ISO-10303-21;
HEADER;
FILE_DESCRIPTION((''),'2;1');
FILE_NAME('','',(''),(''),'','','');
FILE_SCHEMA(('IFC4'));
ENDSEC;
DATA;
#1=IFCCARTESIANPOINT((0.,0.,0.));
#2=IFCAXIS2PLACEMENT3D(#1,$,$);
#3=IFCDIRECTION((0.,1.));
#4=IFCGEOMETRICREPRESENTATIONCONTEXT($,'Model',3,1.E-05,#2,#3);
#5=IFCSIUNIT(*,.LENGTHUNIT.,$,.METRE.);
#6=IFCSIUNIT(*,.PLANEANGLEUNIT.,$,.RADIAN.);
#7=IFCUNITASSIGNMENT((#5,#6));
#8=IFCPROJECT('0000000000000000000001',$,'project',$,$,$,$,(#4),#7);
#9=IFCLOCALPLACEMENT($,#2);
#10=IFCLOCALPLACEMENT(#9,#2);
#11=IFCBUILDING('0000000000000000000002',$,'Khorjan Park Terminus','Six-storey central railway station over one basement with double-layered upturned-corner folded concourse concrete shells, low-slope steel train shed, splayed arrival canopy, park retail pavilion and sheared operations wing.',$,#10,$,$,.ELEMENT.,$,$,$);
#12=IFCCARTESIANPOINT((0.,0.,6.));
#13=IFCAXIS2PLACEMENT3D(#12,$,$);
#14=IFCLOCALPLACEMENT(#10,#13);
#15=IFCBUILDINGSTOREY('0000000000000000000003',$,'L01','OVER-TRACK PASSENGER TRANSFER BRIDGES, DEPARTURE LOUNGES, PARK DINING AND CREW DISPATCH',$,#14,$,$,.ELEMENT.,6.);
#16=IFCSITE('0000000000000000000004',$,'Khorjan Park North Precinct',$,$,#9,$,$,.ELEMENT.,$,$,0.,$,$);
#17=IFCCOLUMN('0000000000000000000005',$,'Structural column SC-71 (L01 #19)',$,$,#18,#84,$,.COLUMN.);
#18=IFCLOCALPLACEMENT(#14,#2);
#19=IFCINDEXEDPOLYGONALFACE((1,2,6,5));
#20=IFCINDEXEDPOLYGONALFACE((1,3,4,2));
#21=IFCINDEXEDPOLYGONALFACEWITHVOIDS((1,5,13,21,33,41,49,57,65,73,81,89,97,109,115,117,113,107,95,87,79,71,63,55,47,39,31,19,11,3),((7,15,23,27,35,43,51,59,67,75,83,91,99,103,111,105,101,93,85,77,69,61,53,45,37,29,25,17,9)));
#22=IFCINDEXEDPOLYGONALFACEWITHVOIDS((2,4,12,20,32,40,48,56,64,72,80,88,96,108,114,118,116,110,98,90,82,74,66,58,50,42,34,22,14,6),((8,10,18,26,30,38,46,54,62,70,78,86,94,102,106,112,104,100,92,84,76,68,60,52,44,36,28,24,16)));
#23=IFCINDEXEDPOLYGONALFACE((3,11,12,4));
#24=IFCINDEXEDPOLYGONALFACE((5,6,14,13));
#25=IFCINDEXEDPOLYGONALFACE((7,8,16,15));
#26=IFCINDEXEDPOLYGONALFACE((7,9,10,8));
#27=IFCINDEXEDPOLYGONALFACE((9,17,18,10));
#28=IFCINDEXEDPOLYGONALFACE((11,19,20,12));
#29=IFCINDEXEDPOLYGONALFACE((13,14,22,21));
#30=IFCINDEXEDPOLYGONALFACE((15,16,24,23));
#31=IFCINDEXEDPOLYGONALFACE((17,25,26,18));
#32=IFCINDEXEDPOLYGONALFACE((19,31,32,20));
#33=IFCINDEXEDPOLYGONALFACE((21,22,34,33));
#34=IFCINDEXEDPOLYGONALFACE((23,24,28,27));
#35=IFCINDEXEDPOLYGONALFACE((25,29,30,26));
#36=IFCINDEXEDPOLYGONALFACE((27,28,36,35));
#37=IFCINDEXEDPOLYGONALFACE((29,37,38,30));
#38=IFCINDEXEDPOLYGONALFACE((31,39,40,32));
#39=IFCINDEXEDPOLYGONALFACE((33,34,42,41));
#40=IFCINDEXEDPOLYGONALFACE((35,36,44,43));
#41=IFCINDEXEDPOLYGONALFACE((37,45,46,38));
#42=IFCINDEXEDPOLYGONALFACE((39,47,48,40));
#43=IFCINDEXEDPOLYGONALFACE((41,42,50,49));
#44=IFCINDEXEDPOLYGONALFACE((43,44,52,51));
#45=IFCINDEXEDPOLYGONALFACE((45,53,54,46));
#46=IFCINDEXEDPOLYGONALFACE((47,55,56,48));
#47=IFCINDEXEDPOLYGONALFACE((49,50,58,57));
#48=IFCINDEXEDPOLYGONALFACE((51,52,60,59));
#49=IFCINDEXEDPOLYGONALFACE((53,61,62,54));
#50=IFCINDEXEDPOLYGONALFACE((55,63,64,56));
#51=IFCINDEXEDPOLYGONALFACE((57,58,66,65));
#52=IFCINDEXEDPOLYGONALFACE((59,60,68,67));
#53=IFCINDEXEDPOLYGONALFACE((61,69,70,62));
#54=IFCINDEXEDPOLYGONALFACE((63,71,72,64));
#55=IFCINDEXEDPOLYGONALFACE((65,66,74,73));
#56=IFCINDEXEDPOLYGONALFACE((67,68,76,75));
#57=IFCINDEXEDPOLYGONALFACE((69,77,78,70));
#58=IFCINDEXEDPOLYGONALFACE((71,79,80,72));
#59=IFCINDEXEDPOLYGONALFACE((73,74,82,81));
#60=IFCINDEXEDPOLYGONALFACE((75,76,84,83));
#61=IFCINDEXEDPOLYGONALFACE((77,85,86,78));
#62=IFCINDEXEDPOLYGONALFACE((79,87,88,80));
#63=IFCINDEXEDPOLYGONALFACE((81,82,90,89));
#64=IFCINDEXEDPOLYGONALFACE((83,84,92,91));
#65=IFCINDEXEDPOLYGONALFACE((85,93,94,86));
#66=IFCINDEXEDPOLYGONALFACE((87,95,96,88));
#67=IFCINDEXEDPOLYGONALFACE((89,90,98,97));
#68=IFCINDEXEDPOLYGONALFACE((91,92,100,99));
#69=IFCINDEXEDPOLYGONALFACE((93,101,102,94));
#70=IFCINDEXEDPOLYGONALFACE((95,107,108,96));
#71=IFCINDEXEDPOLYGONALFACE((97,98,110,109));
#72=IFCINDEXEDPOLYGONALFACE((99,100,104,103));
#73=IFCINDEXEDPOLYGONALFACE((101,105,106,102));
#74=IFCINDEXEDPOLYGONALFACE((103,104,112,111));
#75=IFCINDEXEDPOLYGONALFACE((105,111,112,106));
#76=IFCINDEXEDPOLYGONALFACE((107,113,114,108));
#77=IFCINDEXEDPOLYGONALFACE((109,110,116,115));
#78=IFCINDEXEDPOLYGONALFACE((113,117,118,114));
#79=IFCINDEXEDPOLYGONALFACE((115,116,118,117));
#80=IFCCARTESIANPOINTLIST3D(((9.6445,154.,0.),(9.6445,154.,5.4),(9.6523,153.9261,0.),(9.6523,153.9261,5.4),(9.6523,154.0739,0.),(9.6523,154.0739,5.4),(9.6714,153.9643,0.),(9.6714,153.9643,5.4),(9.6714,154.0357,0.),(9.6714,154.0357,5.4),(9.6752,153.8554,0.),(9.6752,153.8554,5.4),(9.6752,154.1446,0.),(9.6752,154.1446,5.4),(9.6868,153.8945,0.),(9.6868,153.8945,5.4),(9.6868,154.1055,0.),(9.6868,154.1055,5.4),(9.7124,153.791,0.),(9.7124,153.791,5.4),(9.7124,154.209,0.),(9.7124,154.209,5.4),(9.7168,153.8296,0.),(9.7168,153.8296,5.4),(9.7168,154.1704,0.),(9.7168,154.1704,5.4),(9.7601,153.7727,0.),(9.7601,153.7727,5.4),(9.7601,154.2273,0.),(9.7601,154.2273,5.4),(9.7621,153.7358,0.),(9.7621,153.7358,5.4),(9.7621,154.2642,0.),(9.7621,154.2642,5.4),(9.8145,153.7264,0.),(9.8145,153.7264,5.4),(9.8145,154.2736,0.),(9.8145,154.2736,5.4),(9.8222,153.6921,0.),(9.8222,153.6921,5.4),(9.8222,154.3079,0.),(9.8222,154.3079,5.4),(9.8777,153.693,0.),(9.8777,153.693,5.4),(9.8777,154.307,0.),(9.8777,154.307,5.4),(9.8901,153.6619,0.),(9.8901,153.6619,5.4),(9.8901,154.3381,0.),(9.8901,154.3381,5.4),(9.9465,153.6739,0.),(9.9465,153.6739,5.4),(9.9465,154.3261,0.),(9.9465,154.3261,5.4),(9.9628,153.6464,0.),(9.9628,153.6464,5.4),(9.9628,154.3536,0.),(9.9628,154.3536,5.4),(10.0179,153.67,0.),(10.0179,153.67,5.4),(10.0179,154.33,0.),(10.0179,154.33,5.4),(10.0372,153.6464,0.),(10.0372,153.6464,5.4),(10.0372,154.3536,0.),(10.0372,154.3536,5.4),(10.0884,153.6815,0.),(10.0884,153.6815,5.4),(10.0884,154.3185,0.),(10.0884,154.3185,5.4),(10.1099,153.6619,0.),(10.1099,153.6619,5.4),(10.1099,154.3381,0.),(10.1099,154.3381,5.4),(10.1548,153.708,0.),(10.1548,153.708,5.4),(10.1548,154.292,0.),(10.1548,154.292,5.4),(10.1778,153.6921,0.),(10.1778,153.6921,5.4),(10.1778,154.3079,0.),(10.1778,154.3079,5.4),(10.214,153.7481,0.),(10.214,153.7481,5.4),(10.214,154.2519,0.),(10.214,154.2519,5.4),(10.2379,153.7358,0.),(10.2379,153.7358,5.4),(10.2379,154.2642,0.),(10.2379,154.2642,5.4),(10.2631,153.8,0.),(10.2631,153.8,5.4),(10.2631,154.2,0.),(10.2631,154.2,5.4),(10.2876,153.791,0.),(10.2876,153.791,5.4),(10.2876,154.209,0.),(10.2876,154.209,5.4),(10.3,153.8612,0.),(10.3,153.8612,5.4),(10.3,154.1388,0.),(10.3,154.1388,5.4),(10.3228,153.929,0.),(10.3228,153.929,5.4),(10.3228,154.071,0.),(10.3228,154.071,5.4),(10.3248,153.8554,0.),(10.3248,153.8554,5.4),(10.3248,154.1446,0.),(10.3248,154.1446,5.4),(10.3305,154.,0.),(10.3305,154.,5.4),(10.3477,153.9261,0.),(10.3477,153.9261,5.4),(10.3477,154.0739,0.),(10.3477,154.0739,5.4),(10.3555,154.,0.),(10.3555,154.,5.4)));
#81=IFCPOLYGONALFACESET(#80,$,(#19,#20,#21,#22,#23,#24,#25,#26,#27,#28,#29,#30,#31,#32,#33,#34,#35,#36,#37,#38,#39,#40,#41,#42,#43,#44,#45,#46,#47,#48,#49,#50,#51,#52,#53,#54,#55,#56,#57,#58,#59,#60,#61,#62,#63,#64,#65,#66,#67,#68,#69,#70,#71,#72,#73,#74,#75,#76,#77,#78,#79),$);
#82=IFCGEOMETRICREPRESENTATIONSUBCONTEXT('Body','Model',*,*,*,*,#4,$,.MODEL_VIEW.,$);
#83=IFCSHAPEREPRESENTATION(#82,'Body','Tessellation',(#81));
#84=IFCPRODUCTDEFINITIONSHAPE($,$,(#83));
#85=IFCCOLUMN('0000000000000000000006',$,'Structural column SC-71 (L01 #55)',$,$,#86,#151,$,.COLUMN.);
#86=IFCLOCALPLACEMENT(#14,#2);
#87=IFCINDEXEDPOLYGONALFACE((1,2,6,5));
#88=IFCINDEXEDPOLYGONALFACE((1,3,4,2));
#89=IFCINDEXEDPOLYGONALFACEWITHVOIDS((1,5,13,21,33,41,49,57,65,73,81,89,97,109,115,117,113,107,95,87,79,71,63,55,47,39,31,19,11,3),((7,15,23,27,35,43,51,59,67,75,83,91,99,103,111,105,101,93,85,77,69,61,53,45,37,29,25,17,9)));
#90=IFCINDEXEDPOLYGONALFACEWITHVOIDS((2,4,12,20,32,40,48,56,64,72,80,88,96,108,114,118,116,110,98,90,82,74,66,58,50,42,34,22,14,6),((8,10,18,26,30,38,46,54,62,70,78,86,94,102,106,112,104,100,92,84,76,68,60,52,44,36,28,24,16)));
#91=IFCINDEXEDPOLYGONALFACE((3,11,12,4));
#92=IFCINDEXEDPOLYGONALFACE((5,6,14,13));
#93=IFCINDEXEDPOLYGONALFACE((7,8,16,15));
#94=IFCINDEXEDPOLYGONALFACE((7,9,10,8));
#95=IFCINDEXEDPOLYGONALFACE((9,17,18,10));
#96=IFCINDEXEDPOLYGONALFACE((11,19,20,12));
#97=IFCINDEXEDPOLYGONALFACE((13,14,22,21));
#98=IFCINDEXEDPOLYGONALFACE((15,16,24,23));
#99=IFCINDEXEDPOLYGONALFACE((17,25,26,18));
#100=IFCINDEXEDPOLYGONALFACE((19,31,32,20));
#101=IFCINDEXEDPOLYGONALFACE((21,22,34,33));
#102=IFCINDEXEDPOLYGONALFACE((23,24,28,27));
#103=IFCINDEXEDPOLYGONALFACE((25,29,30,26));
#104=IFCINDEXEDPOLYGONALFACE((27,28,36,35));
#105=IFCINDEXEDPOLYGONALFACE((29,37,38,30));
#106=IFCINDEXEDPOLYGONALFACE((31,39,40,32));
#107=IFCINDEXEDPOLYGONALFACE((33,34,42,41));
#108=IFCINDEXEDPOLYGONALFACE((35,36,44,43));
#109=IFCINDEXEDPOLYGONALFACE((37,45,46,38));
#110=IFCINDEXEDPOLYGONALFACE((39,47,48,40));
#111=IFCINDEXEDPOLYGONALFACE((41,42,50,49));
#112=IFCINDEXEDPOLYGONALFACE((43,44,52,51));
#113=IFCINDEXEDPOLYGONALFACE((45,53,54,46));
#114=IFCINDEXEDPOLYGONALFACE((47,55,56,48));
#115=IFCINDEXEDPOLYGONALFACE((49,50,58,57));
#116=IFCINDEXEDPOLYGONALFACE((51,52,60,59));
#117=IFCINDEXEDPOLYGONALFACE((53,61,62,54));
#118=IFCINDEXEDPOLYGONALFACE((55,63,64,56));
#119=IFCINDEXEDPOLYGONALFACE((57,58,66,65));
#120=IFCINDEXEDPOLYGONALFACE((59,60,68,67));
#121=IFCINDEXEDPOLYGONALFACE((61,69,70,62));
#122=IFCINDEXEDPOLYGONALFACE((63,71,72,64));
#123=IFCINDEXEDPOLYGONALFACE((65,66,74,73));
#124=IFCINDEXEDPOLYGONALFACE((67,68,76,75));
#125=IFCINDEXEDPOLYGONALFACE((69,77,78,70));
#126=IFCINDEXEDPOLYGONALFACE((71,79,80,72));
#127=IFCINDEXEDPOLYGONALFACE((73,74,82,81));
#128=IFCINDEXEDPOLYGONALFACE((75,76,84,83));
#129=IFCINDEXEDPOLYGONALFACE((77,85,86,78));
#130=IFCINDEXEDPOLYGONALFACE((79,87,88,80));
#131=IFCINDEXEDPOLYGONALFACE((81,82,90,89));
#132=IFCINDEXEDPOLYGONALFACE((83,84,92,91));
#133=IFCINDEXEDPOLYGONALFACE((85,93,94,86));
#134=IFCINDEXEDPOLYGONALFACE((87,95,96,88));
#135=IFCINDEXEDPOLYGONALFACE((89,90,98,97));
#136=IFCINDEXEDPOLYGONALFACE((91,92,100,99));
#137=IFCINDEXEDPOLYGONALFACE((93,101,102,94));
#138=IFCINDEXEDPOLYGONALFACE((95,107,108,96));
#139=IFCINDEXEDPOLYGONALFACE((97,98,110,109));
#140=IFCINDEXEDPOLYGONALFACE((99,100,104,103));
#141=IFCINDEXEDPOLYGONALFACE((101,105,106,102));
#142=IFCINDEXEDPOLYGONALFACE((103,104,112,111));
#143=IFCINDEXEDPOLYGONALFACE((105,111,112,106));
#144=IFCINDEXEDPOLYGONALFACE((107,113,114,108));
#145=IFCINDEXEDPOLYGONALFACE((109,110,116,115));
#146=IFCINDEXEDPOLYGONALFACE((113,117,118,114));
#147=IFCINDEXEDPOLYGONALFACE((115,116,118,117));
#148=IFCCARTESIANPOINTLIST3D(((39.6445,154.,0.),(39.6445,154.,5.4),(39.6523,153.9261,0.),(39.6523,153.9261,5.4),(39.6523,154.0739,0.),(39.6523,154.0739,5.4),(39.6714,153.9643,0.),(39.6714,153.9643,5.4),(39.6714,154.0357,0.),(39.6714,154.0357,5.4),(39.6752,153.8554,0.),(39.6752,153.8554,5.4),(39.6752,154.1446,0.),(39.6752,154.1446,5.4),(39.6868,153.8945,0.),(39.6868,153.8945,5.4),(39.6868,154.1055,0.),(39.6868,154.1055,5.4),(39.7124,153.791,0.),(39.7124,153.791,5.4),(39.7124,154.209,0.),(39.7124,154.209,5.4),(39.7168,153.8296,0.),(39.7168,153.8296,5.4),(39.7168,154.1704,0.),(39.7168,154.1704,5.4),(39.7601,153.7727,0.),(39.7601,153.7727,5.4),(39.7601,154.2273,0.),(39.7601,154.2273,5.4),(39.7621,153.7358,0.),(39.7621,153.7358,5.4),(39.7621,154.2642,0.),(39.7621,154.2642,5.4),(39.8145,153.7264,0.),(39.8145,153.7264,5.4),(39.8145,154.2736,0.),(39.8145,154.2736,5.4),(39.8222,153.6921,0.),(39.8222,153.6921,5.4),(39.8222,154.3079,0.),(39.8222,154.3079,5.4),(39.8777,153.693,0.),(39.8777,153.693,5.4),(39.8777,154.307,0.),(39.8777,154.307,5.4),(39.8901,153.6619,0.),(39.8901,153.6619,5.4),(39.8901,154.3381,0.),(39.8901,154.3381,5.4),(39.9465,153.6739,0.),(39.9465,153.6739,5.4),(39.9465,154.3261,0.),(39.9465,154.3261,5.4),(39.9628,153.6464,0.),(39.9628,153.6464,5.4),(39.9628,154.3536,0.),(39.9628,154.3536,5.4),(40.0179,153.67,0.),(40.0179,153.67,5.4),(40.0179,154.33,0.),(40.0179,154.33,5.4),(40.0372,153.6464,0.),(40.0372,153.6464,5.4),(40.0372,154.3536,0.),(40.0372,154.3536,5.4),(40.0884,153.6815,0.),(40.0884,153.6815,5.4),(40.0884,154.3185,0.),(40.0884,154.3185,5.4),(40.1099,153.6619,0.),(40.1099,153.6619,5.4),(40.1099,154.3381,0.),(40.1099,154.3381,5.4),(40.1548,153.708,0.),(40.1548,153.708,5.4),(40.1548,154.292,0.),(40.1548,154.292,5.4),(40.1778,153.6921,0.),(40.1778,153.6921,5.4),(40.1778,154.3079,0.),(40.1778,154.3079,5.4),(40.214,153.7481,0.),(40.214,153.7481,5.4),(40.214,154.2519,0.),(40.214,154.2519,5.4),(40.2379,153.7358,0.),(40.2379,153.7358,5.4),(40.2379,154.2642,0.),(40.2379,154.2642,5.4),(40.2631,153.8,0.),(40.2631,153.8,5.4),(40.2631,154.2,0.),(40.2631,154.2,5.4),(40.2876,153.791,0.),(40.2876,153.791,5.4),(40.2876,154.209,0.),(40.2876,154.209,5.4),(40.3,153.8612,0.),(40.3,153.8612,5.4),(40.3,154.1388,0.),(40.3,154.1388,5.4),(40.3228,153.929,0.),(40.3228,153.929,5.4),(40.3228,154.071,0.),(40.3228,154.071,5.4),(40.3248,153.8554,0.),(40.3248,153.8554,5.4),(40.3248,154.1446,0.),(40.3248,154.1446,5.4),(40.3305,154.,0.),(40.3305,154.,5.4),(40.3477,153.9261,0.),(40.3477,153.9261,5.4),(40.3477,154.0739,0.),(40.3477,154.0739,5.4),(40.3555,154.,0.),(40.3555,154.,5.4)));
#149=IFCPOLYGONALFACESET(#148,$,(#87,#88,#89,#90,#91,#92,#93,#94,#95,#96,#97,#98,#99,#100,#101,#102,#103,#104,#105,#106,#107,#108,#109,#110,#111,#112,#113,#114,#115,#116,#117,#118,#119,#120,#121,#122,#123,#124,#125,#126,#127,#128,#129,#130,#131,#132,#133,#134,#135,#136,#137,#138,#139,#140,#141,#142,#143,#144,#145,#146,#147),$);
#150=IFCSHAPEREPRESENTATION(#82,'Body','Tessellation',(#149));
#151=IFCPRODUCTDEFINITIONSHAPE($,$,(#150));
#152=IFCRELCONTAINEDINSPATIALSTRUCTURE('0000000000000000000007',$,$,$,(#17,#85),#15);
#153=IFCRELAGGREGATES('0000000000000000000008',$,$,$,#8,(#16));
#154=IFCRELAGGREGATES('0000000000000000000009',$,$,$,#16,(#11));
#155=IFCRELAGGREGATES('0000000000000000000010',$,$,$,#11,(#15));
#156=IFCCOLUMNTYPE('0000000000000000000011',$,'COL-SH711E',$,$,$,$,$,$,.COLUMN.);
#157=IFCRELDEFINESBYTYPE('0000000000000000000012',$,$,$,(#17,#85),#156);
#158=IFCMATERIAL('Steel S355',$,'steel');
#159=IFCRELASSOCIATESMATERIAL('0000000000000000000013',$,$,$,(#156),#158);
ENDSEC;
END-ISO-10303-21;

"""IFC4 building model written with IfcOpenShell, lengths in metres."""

from ifc_helpers import new_model, si_unit, direction, frame, origin, origin_2d, place, context, subcontext, project, spatial, hollow_circle, extrude, material, material_profile, profile_set, type_object, element, save


model = new_model("IFC4")

# Units and contexts
model_context = context("Model", 3, precision=1e-05, world=origin(), true_north=direction((0.0, 1.0)))
body_context = subcontext(model_context, "Body", "Model", "MODEL_VIEW")
ifc_project = project(units=[si_unit("LENGTHUNIT", "METRE"), si_unit("PLANEANGLEUNIT", "RADIAN")], contexts=[model_context])

# Site, building, storey
site_placement = place(None, origin())
site = spatial("IfcSite", under=ifc_project, at=site_placement, Name="Khorjan Park North Precinct", CompositionType="ELEMENT", RefElevation=0.0)
building_placement = place(site_placement, origin())
building = spatial("IfcBuilding", under=site, at=building_placement, Name="Khorjan Park Terminus", Description="Six-storey central railway station over one basement with double-layered upturned-corner folded concourse concrete shells, low-slope steel train shed, splayed arrival canopy, park retail pavilion and sheared operations wing.", CompositionType="ELEMENT")
storey_placement = place(building_placement, frame((0.0, 0.0, 6.0)))
storey = spatial("IfcBuildingStorey", under=building, at=storey_placement, Name="L01", Description="OVER-TRACK PASSENGER TRANSFER BRIDGES, DEPARTURE LOUNGES, PARK DINING AND CREW DISPATCH", CompositionType="ELEMENT", Elevation=6.0)

# Columns
ifc_material_1 = material(Name="Steel S355", Category="steel")
ifc_material_profile_1 = material_profile(ifc_material_1, hollow_circle(Radius=0.3555, WallThickness=0.025, at=origin_2d()), Name="CHS 711x25")
ifc_profile_set_1 = profile_set([ifc_material_profile_1], Name="Steel S355")
column_type_1 = type_object("IfcColumnType", Name="COL-SH711E", PredefinedType="COLUMN", material=ifc_profile_set_1)
for number, where, z_axis, x_axis, name in (
    (1, (10.0, 154.0, 0.0), (0.0, 0.0, 1.0), (1.0, 0.0, 0.0), "Structural column SC-71 (L01 #19)"),
    (2, (40.0, 154.0, 0.0), (0.0, 0.0, 1.0), (1.0, 0.0, 0.0), "Structural column SC-71 (L01 #55)"),
):
    element("IfcColumn", number, at=place(storey_placement, frame(where, z_axis=z_axis, x_axis=x_axis)), inside=storey, type_object=column_type_1, Name=name, PredefinedType="COLUMN", context=body_context, shape_type="SweptSolid", body=[
        extrude(hollow_circle(Radius=0.3555, WallThickness=0.025, at=origin_2d()), origin(), (0.0, 0.0, 1.0), 5.4),
    ])

save(model, "model.ifc")
